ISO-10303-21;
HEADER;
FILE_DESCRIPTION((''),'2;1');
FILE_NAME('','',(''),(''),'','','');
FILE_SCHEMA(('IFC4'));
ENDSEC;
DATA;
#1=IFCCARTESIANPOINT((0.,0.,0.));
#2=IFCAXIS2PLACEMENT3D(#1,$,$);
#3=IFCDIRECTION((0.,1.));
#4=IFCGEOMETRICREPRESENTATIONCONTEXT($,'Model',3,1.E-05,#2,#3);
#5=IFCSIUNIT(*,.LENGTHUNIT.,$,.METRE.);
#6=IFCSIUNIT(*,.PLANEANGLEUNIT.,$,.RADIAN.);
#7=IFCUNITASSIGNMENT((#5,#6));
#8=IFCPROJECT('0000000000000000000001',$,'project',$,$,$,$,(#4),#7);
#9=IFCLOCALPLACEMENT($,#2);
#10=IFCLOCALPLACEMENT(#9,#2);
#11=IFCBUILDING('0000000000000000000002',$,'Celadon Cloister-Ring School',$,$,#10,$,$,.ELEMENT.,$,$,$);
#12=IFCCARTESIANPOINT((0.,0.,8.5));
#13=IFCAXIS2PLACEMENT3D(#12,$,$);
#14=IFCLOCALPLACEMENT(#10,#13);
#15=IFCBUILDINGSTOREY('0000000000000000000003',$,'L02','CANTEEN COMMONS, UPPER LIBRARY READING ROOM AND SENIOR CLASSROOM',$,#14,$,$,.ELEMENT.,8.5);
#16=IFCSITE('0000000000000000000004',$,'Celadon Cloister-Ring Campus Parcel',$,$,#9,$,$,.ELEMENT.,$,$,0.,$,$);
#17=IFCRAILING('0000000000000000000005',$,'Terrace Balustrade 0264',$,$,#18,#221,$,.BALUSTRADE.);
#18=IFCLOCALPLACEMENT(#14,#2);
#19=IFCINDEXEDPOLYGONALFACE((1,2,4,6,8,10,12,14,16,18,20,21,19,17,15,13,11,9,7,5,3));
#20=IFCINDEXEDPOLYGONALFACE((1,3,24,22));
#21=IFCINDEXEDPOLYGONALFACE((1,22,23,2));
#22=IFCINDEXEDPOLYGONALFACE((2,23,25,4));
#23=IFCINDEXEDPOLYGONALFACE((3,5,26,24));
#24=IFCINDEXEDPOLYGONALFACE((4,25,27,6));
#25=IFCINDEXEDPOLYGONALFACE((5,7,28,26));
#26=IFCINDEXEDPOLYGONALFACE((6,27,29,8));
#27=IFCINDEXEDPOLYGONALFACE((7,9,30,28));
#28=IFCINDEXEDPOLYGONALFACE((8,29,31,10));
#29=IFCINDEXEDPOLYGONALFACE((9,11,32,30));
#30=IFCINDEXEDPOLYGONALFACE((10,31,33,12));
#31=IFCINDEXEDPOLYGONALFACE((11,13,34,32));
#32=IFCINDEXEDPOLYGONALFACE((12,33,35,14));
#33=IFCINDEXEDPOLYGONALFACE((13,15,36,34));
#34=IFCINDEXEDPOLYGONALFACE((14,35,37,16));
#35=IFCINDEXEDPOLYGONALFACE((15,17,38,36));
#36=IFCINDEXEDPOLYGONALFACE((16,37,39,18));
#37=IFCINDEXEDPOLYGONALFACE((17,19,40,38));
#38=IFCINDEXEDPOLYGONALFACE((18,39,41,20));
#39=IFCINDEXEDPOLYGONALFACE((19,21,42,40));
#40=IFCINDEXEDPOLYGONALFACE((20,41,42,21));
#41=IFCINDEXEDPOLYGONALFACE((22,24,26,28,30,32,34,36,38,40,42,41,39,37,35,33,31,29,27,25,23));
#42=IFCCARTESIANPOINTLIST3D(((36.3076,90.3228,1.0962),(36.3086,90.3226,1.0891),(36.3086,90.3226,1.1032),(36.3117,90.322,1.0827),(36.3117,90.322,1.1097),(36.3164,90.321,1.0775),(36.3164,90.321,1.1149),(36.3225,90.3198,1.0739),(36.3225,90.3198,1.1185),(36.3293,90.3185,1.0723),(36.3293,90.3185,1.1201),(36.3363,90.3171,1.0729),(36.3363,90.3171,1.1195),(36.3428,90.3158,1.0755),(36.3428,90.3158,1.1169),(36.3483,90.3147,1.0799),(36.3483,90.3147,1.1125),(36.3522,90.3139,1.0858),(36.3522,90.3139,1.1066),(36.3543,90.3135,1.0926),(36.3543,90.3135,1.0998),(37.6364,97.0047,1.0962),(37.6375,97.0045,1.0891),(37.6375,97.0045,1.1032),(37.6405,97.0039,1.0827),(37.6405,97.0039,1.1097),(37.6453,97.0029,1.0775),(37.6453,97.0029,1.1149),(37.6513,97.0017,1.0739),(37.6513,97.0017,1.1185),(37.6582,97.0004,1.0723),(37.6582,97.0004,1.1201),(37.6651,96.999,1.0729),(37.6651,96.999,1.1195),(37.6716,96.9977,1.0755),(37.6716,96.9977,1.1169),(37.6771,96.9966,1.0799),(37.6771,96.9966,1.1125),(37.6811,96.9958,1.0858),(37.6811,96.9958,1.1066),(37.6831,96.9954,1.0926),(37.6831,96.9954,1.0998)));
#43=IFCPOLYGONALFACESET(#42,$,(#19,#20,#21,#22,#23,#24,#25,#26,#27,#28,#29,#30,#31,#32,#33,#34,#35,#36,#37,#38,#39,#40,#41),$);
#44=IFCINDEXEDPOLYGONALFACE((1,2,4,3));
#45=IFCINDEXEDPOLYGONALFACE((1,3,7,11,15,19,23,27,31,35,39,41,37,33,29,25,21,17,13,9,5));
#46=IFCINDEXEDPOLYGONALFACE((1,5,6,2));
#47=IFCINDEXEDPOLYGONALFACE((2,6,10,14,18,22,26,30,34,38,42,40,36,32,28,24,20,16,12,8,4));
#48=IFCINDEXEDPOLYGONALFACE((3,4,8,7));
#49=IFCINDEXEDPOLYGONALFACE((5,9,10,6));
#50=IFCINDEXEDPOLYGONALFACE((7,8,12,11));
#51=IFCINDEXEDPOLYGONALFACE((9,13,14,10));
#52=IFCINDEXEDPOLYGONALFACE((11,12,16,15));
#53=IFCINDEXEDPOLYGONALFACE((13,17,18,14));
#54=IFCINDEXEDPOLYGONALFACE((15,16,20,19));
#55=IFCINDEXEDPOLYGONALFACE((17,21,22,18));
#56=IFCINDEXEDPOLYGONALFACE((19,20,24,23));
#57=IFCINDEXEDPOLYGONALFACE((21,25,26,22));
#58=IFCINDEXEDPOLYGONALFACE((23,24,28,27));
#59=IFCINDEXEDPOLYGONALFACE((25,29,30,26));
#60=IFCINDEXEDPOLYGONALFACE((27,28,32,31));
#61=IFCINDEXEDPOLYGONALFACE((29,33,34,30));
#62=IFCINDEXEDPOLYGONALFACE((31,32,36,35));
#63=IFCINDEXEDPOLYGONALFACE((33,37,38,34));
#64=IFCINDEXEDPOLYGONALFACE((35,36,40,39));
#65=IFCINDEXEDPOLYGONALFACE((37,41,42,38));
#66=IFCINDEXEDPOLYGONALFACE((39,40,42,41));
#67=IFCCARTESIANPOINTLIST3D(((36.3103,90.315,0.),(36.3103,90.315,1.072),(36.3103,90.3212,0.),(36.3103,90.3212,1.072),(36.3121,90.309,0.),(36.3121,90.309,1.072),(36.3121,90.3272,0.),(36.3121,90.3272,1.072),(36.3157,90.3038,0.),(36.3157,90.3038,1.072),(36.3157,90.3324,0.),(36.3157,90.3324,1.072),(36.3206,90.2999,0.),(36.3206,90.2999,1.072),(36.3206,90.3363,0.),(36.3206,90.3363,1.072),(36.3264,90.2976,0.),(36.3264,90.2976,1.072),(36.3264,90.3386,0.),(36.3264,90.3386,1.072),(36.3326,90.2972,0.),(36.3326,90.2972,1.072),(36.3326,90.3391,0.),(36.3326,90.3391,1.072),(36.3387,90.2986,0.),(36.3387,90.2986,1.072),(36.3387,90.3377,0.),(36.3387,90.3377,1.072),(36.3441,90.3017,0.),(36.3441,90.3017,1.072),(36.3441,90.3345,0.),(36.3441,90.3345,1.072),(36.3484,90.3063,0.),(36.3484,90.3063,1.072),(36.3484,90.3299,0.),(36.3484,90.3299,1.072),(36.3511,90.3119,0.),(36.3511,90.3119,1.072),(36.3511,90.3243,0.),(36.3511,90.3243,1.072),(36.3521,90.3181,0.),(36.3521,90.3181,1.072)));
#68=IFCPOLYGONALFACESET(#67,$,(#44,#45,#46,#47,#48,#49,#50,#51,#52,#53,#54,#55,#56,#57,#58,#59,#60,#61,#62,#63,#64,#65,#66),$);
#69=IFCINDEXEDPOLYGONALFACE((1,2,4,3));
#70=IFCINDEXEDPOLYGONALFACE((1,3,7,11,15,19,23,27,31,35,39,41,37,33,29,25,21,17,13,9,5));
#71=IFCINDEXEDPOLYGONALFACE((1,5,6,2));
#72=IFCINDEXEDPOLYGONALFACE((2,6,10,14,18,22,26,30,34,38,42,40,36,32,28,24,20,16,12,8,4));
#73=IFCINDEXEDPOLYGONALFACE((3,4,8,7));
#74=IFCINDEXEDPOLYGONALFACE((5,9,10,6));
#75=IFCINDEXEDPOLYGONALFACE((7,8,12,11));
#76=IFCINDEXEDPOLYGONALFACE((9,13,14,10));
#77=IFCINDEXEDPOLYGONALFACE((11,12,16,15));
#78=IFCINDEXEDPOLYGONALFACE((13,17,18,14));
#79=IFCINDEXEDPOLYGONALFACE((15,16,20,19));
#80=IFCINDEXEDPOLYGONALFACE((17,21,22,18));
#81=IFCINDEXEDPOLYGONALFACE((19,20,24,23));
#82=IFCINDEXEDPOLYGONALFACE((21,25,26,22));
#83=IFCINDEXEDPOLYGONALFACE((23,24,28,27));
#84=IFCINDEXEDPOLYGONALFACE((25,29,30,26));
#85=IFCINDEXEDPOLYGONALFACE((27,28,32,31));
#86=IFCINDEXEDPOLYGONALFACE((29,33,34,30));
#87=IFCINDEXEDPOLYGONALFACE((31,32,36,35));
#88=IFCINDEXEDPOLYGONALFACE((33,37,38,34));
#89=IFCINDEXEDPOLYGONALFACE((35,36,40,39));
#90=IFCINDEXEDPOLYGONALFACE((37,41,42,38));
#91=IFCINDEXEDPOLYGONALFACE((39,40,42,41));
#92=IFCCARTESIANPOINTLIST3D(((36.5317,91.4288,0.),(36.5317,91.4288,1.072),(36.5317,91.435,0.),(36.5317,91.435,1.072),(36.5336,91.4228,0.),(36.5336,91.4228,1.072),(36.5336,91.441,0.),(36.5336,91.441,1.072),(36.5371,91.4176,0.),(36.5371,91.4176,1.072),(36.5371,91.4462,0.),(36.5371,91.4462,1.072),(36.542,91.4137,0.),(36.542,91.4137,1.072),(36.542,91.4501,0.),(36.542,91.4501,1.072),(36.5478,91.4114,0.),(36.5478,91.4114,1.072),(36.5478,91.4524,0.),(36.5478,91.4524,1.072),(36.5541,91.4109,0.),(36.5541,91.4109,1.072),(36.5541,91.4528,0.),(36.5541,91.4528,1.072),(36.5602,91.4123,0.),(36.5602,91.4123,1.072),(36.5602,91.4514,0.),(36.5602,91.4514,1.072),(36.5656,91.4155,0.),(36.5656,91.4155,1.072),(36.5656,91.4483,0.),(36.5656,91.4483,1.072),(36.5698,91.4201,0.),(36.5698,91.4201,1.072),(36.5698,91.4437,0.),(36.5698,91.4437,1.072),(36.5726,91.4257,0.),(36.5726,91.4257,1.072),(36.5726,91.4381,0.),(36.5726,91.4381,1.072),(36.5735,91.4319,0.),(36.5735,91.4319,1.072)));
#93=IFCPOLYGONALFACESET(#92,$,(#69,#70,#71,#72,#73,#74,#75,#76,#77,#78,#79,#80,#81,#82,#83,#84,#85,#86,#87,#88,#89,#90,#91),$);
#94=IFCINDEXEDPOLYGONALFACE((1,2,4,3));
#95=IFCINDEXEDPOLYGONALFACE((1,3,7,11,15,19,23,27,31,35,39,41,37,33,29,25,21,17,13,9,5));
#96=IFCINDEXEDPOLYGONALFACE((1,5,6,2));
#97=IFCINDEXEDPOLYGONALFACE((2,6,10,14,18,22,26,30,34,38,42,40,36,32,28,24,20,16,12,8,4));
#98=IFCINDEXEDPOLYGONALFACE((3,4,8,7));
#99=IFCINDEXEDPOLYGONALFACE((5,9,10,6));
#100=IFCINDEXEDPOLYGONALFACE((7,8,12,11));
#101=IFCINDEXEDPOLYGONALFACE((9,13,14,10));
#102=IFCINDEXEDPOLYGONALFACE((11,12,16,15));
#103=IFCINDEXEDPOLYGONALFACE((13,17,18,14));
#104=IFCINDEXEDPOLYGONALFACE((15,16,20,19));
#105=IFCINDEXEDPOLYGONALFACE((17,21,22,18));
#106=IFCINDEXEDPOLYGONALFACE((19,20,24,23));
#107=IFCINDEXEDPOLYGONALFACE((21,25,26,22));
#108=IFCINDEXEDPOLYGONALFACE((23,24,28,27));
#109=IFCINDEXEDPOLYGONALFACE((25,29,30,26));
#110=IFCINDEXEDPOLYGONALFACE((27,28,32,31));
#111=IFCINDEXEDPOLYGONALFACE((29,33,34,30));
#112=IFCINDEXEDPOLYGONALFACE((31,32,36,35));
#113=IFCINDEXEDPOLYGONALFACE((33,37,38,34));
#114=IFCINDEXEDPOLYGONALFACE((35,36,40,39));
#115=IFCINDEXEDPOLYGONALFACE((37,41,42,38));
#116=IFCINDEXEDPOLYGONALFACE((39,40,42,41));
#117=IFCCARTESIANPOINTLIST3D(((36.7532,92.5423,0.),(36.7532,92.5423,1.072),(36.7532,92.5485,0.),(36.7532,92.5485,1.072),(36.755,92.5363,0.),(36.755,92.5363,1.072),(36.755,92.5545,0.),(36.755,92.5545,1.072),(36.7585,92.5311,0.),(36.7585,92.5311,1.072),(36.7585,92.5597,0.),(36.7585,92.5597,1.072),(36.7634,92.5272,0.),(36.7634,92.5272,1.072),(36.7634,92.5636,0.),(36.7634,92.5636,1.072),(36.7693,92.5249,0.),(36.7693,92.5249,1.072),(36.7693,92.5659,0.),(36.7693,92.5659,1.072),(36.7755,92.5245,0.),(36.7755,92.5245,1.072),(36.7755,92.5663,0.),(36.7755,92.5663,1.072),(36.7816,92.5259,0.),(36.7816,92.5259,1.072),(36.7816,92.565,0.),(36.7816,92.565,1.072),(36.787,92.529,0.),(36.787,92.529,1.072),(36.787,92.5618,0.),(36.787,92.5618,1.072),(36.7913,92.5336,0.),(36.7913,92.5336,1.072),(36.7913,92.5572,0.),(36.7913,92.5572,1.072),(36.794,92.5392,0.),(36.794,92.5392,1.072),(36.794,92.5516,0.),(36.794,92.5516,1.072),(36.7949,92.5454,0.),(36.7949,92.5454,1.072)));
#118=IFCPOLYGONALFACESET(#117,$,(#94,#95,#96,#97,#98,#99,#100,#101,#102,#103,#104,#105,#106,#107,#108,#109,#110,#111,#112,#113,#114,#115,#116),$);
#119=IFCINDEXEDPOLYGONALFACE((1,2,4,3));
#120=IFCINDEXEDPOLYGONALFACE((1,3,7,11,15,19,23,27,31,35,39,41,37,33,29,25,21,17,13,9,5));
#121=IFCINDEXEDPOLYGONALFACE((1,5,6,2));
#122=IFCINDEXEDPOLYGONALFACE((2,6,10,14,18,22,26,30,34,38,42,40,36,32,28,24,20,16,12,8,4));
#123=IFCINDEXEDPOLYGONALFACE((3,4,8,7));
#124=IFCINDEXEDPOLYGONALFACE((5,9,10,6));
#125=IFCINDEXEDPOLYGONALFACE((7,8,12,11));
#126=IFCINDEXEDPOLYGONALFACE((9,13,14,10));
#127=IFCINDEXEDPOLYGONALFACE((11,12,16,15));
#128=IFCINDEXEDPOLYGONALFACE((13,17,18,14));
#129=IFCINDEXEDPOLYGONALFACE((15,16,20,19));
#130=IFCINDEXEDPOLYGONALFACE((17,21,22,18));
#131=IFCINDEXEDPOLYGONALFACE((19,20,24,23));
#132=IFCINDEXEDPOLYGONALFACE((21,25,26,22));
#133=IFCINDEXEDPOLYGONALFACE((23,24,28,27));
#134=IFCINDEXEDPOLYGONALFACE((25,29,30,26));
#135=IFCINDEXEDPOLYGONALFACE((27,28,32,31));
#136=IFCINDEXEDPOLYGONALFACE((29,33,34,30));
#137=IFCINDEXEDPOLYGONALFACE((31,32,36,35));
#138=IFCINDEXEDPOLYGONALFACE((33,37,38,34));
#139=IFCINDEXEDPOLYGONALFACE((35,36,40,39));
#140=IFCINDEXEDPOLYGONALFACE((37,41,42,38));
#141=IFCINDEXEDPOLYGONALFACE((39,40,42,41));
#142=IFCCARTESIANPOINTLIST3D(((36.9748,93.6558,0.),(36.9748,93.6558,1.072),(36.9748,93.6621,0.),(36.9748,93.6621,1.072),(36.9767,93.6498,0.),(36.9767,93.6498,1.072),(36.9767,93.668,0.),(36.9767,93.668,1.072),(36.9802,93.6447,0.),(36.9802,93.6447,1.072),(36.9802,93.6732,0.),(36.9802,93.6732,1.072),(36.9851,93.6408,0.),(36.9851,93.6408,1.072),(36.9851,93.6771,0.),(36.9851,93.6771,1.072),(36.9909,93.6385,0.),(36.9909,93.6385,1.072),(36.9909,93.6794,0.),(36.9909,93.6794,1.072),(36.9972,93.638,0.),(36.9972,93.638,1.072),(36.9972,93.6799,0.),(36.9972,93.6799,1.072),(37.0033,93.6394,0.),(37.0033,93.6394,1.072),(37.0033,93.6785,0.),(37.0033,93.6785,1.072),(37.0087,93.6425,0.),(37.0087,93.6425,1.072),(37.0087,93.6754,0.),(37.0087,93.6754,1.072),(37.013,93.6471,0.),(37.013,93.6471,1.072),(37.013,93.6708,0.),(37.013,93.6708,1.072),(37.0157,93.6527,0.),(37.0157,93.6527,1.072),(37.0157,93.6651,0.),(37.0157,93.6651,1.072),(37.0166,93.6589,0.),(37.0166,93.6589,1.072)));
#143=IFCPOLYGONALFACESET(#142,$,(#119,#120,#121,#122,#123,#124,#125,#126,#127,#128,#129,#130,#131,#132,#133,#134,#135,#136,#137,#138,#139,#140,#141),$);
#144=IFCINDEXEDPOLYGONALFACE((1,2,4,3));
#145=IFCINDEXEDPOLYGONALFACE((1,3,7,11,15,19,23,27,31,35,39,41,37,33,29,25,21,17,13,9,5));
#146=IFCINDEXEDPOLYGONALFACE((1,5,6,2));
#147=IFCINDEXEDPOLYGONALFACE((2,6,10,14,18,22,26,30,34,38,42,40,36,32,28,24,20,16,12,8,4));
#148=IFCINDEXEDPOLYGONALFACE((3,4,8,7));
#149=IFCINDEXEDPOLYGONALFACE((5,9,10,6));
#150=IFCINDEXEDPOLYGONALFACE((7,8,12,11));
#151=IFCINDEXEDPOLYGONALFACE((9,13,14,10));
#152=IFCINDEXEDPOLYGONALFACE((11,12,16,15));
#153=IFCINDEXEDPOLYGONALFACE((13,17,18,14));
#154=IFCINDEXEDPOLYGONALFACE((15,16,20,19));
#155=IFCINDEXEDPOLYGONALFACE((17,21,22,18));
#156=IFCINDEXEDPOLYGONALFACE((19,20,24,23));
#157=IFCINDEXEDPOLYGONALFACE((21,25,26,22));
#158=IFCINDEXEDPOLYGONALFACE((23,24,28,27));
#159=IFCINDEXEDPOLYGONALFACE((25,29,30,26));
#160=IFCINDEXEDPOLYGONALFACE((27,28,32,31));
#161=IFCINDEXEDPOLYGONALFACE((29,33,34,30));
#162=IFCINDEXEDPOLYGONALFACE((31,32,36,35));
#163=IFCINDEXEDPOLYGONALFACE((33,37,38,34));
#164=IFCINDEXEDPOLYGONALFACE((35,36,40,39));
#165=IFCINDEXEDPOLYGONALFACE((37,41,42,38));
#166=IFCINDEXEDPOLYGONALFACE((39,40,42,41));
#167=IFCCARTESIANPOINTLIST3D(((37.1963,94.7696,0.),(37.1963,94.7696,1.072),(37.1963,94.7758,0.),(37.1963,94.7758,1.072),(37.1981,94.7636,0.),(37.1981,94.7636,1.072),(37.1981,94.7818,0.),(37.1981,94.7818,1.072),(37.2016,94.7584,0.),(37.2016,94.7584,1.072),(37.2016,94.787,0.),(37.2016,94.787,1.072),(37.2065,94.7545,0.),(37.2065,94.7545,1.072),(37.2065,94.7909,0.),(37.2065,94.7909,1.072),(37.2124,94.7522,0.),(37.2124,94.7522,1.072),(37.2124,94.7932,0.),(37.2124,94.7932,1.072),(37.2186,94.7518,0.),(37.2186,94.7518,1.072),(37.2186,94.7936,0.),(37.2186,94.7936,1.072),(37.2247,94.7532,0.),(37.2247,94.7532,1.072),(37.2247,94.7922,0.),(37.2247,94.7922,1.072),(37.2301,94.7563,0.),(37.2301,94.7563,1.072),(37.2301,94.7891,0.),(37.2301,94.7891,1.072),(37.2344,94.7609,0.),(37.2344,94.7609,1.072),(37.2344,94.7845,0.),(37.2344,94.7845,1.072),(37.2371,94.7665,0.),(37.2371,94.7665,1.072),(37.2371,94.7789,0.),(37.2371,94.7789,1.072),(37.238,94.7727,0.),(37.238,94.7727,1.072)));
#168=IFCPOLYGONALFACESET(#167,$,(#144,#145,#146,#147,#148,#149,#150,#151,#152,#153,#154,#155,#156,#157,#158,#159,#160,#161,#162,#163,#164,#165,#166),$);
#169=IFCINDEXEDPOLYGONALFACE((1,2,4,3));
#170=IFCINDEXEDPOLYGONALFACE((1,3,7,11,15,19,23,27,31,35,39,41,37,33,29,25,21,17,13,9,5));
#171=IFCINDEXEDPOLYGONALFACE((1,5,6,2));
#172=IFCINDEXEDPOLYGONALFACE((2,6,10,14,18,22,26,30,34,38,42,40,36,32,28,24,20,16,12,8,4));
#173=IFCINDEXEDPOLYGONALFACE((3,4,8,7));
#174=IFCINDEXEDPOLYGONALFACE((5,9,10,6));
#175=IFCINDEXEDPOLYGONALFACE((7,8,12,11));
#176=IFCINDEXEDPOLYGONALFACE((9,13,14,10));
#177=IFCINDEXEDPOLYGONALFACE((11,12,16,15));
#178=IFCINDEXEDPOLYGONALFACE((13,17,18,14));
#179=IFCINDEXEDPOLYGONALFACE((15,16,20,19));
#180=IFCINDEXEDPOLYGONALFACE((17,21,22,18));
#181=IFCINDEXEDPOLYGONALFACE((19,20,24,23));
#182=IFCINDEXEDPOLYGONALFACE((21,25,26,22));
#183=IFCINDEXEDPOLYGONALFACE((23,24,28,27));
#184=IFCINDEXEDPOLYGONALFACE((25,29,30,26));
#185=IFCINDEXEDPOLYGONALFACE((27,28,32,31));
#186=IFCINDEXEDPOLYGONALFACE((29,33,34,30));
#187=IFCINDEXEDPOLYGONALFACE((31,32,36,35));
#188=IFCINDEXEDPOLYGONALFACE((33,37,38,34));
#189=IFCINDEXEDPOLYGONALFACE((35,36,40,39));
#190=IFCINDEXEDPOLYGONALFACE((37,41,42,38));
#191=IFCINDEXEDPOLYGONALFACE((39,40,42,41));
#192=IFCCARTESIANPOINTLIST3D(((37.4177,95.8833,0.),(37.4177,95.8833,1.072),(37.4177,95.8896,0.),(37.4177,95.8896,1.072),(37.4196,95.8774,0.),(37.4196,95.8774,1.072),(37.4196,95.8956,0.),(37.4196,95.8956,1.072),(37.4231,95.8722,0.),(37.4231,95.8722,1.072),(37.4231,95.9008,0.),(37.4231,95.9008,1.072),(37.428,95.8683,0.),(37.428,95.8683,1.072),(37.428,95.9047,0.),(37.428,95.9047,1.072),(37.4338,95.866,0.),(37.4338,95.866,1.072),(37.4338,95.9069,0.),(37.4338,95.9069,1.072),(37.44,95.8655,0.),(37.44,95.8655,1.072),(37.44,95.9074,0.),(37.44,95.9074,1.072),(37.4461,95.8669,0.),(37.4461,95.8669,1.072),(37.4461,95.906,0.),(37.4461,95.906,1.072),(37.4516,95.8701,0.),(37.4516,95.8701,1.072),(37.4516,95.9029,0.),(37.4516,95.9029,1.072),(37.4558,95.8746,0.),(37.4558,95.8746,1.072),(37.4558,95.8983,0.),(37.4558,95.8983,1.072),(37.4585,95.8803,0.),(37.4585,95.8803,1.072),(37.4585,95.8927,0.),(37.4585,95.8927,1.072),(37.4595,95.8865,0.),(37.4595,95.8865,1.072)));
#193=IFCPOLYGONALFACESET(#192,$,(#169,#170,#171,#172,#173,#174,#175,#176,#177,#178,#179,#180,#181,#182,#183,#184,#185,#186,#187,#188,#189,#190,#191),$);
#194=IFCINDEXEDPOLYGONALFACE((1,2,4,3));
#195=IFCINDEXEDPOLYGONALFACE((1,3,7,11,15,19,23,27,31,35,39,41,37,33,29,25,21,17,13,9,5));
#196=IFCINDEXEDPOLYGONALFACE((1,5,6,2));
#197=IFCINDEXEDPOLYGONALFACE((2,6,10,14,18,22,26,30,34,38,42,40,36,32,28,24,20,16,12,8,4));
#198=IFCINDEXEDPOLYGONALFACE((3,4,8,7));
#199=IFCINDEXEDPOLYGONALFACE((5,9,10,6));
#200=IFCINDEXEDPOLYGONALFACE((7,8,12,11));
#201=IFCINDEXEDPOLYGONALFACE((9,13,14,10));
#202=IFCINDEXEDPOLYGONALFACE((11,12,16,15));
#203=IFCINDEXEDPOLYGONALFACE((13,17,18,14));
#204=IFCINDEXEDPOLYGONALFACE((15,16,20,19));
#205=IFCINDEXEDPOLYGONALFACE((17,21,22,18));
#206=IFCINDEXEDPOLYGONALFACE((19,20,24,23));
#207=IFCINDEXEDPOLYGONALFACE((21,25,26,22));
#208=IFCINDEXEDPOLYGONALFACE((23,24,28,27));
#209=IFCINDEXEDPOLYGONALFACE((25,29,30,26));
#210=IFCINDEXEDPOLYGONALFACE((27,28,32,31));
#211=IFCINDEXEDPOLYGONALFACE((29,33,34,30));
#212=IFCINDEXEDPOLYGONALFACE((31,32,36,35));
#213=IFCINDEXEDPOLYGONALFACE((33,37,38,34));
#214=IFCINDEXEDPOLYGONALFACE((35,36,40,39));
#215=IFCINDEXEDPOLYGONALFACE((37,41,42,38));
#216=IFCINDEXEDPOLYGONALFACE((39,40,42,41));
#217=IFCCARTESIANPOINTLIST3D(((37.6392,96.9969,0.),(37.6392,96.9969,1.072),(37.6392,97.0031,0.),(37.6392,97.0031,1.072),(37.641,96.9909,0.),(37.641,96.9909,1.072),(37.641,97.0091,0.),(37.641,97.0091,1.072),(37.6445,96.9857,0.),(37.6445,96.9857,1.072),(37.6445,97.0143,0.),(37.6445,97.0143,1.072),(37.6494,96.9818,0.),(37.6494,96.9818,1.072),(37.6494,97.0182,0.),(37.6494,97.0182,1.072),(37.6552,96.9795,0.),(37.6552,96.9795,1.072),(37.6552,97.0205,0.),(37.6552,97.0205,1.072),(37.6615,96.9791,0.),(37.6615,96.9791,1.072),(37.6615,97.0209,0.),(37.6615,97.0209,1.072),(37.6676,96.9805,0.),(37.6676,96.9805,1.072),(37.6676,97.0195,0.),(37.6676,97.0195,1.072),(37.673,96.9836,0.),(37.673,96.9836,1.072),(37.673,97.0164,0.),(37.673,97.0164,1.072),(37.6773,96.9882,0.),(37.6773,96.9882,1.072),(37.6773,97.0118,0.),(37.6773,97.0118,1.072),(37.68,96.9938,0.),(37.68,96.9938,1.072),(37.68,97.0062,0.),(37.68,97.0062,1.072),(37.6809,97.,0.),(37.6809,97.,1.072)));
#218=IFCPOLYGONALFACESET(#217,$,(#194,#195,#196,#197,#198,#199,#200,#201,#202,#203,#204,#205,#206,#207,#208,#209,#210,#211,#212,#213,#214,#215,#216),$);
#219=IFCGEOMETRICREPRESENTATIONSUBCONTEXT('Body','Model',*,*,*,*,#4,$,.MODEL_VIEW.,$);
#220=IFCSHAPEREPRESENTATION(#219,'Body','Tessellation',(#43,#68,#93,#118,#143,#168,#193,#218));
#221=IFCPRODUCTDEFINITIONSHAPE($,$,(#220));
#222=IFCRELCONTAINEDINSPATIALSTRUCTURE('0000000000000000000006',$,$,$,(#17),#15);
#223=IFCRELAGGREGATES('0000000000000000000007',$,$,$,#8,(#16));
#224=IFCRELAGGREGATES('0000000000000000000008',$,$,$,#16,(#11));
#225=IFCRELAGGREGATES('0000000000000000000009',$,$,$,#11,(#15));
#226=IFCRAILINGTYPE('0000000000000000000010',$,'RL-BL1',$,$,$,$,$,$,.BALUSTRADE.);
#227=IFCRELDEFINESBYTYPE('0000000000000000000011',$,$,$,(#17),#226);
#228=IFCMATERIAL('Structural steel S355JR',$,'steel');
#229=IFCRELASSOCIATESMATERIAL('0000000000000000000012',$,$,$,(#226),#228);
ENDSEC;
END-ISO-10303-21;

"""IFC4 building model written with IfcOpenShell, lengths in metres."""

from ifc_helpers import new_model, si_unit, direction, frame, origin, origin_2d, place, context, subcontext, project, spatial, circle, extrude, material, type_object, element, save


model = new_model("IFC4")

# Units and contexts
model_context = context("Model", 3, precision=1e-05, world=origin(), true_north=direction((0.0, 1.0)))
body_context = subcontext(model_context, "Body", "Model", "MODEL_VIEW")
ifc_project = project(units=[si_unit("LENGTHUNIT", "METRE"), si_unit("PLANEANGLEUNIT", "RADIAN")], contexts=[model_context])

# Site, building, storey
site_placement = place(None, origin())
site = spatial("IfcSite", under=ifc_project, at=site_placement, Name="Celadon Cloister-Ring Campus Parcel", CompositionType="ELEMENT", RefElevation=0.0)
building_placement = place(site_placement, origin())
building = spatial("IfcBuilding", under=site, at=building_placement, Name="Celadon Cloister-Ring School", CompositionType="ELEMENT")
storey_placement = place(building_placement, frame((0.0, 0.0, 8.5)))
storey = spatial("IfcBuildingStorey", under=building, at=storey_placement, Name="L02", Description="CANTEEN COMMONS, UPPER LIBRARY READING ROOM AND SENIOR CLASSROOM", CompositionType="ELEMENT", Elevation=8.5)

# Railing
ifc_material_1 = material(Name="Structural steel S355JR", Category="steel")
railing_type_1 = type_object("IfcRailingType", Name="RL-BL1", PredefinedType="BALUSTRADE", material=ifc_material_1)
railing_1_placement = place(storey_placement, frame((36.3311, 90.3181, 0.0)))
element("IfcRailing", 1, at=railing_1_placement, inside=storey, type_object=railing_type_1, Name="Terrace Balustrade 0264", PredefinedType="BALUSTRADE", context=body_context, shape_type="SweptSolid", body=[
    extrude(circle(Radius=0.0239, at=origin_2d()), frame((0.0, 0.0, 1.0962), z_axis=(0.195055, 0.980792, 0.0), x_axis=(-0.980792, 0.195055, 0.0)), (0.0, 0.0, 1.0), 6.8127),
    extrude(circle(Radius=0.021, at=origin_2d()), origin(), (0.0, 0.0, 1.0), 1.072),
    extrude(circle(Radius=0.021, at=origin_2d()), frame((0.2214, 1.1138, 0.0)), (0.0, 0.0, 1.0), 1.072),
    extrude(circle(Radius=0.021, at=origin_2d()), frame((0.4429, 2.2273, 0.0)), (0.0, 0.0, 1.0), 1.072),
    extrude(circle(Radius=0.021, at=origin_2d()), frame((0.6646, 3.3408, 0.0)), (0.0, 0.0, 1.0), 1.072),
    extrude(circle(Radius=0.021, at=origin_2d()), frame((0.886, 4.4546, 0.0)), (0.0, 0.0, 1.0), 1.072),
    extrude(circle(Radius=0.021, at=origin_2d()), frame((1.1074, 5.5684, 0.0)), (0.0, 0.0, 1.0), 1.072),
    extrude(circle(Radius=0.021, at=origin_2d()), frame((1.3289, 6.6819, 0.0)), (0.0, 0.0, 1.0), 1.072),
])

save(model, "model.ifc")
